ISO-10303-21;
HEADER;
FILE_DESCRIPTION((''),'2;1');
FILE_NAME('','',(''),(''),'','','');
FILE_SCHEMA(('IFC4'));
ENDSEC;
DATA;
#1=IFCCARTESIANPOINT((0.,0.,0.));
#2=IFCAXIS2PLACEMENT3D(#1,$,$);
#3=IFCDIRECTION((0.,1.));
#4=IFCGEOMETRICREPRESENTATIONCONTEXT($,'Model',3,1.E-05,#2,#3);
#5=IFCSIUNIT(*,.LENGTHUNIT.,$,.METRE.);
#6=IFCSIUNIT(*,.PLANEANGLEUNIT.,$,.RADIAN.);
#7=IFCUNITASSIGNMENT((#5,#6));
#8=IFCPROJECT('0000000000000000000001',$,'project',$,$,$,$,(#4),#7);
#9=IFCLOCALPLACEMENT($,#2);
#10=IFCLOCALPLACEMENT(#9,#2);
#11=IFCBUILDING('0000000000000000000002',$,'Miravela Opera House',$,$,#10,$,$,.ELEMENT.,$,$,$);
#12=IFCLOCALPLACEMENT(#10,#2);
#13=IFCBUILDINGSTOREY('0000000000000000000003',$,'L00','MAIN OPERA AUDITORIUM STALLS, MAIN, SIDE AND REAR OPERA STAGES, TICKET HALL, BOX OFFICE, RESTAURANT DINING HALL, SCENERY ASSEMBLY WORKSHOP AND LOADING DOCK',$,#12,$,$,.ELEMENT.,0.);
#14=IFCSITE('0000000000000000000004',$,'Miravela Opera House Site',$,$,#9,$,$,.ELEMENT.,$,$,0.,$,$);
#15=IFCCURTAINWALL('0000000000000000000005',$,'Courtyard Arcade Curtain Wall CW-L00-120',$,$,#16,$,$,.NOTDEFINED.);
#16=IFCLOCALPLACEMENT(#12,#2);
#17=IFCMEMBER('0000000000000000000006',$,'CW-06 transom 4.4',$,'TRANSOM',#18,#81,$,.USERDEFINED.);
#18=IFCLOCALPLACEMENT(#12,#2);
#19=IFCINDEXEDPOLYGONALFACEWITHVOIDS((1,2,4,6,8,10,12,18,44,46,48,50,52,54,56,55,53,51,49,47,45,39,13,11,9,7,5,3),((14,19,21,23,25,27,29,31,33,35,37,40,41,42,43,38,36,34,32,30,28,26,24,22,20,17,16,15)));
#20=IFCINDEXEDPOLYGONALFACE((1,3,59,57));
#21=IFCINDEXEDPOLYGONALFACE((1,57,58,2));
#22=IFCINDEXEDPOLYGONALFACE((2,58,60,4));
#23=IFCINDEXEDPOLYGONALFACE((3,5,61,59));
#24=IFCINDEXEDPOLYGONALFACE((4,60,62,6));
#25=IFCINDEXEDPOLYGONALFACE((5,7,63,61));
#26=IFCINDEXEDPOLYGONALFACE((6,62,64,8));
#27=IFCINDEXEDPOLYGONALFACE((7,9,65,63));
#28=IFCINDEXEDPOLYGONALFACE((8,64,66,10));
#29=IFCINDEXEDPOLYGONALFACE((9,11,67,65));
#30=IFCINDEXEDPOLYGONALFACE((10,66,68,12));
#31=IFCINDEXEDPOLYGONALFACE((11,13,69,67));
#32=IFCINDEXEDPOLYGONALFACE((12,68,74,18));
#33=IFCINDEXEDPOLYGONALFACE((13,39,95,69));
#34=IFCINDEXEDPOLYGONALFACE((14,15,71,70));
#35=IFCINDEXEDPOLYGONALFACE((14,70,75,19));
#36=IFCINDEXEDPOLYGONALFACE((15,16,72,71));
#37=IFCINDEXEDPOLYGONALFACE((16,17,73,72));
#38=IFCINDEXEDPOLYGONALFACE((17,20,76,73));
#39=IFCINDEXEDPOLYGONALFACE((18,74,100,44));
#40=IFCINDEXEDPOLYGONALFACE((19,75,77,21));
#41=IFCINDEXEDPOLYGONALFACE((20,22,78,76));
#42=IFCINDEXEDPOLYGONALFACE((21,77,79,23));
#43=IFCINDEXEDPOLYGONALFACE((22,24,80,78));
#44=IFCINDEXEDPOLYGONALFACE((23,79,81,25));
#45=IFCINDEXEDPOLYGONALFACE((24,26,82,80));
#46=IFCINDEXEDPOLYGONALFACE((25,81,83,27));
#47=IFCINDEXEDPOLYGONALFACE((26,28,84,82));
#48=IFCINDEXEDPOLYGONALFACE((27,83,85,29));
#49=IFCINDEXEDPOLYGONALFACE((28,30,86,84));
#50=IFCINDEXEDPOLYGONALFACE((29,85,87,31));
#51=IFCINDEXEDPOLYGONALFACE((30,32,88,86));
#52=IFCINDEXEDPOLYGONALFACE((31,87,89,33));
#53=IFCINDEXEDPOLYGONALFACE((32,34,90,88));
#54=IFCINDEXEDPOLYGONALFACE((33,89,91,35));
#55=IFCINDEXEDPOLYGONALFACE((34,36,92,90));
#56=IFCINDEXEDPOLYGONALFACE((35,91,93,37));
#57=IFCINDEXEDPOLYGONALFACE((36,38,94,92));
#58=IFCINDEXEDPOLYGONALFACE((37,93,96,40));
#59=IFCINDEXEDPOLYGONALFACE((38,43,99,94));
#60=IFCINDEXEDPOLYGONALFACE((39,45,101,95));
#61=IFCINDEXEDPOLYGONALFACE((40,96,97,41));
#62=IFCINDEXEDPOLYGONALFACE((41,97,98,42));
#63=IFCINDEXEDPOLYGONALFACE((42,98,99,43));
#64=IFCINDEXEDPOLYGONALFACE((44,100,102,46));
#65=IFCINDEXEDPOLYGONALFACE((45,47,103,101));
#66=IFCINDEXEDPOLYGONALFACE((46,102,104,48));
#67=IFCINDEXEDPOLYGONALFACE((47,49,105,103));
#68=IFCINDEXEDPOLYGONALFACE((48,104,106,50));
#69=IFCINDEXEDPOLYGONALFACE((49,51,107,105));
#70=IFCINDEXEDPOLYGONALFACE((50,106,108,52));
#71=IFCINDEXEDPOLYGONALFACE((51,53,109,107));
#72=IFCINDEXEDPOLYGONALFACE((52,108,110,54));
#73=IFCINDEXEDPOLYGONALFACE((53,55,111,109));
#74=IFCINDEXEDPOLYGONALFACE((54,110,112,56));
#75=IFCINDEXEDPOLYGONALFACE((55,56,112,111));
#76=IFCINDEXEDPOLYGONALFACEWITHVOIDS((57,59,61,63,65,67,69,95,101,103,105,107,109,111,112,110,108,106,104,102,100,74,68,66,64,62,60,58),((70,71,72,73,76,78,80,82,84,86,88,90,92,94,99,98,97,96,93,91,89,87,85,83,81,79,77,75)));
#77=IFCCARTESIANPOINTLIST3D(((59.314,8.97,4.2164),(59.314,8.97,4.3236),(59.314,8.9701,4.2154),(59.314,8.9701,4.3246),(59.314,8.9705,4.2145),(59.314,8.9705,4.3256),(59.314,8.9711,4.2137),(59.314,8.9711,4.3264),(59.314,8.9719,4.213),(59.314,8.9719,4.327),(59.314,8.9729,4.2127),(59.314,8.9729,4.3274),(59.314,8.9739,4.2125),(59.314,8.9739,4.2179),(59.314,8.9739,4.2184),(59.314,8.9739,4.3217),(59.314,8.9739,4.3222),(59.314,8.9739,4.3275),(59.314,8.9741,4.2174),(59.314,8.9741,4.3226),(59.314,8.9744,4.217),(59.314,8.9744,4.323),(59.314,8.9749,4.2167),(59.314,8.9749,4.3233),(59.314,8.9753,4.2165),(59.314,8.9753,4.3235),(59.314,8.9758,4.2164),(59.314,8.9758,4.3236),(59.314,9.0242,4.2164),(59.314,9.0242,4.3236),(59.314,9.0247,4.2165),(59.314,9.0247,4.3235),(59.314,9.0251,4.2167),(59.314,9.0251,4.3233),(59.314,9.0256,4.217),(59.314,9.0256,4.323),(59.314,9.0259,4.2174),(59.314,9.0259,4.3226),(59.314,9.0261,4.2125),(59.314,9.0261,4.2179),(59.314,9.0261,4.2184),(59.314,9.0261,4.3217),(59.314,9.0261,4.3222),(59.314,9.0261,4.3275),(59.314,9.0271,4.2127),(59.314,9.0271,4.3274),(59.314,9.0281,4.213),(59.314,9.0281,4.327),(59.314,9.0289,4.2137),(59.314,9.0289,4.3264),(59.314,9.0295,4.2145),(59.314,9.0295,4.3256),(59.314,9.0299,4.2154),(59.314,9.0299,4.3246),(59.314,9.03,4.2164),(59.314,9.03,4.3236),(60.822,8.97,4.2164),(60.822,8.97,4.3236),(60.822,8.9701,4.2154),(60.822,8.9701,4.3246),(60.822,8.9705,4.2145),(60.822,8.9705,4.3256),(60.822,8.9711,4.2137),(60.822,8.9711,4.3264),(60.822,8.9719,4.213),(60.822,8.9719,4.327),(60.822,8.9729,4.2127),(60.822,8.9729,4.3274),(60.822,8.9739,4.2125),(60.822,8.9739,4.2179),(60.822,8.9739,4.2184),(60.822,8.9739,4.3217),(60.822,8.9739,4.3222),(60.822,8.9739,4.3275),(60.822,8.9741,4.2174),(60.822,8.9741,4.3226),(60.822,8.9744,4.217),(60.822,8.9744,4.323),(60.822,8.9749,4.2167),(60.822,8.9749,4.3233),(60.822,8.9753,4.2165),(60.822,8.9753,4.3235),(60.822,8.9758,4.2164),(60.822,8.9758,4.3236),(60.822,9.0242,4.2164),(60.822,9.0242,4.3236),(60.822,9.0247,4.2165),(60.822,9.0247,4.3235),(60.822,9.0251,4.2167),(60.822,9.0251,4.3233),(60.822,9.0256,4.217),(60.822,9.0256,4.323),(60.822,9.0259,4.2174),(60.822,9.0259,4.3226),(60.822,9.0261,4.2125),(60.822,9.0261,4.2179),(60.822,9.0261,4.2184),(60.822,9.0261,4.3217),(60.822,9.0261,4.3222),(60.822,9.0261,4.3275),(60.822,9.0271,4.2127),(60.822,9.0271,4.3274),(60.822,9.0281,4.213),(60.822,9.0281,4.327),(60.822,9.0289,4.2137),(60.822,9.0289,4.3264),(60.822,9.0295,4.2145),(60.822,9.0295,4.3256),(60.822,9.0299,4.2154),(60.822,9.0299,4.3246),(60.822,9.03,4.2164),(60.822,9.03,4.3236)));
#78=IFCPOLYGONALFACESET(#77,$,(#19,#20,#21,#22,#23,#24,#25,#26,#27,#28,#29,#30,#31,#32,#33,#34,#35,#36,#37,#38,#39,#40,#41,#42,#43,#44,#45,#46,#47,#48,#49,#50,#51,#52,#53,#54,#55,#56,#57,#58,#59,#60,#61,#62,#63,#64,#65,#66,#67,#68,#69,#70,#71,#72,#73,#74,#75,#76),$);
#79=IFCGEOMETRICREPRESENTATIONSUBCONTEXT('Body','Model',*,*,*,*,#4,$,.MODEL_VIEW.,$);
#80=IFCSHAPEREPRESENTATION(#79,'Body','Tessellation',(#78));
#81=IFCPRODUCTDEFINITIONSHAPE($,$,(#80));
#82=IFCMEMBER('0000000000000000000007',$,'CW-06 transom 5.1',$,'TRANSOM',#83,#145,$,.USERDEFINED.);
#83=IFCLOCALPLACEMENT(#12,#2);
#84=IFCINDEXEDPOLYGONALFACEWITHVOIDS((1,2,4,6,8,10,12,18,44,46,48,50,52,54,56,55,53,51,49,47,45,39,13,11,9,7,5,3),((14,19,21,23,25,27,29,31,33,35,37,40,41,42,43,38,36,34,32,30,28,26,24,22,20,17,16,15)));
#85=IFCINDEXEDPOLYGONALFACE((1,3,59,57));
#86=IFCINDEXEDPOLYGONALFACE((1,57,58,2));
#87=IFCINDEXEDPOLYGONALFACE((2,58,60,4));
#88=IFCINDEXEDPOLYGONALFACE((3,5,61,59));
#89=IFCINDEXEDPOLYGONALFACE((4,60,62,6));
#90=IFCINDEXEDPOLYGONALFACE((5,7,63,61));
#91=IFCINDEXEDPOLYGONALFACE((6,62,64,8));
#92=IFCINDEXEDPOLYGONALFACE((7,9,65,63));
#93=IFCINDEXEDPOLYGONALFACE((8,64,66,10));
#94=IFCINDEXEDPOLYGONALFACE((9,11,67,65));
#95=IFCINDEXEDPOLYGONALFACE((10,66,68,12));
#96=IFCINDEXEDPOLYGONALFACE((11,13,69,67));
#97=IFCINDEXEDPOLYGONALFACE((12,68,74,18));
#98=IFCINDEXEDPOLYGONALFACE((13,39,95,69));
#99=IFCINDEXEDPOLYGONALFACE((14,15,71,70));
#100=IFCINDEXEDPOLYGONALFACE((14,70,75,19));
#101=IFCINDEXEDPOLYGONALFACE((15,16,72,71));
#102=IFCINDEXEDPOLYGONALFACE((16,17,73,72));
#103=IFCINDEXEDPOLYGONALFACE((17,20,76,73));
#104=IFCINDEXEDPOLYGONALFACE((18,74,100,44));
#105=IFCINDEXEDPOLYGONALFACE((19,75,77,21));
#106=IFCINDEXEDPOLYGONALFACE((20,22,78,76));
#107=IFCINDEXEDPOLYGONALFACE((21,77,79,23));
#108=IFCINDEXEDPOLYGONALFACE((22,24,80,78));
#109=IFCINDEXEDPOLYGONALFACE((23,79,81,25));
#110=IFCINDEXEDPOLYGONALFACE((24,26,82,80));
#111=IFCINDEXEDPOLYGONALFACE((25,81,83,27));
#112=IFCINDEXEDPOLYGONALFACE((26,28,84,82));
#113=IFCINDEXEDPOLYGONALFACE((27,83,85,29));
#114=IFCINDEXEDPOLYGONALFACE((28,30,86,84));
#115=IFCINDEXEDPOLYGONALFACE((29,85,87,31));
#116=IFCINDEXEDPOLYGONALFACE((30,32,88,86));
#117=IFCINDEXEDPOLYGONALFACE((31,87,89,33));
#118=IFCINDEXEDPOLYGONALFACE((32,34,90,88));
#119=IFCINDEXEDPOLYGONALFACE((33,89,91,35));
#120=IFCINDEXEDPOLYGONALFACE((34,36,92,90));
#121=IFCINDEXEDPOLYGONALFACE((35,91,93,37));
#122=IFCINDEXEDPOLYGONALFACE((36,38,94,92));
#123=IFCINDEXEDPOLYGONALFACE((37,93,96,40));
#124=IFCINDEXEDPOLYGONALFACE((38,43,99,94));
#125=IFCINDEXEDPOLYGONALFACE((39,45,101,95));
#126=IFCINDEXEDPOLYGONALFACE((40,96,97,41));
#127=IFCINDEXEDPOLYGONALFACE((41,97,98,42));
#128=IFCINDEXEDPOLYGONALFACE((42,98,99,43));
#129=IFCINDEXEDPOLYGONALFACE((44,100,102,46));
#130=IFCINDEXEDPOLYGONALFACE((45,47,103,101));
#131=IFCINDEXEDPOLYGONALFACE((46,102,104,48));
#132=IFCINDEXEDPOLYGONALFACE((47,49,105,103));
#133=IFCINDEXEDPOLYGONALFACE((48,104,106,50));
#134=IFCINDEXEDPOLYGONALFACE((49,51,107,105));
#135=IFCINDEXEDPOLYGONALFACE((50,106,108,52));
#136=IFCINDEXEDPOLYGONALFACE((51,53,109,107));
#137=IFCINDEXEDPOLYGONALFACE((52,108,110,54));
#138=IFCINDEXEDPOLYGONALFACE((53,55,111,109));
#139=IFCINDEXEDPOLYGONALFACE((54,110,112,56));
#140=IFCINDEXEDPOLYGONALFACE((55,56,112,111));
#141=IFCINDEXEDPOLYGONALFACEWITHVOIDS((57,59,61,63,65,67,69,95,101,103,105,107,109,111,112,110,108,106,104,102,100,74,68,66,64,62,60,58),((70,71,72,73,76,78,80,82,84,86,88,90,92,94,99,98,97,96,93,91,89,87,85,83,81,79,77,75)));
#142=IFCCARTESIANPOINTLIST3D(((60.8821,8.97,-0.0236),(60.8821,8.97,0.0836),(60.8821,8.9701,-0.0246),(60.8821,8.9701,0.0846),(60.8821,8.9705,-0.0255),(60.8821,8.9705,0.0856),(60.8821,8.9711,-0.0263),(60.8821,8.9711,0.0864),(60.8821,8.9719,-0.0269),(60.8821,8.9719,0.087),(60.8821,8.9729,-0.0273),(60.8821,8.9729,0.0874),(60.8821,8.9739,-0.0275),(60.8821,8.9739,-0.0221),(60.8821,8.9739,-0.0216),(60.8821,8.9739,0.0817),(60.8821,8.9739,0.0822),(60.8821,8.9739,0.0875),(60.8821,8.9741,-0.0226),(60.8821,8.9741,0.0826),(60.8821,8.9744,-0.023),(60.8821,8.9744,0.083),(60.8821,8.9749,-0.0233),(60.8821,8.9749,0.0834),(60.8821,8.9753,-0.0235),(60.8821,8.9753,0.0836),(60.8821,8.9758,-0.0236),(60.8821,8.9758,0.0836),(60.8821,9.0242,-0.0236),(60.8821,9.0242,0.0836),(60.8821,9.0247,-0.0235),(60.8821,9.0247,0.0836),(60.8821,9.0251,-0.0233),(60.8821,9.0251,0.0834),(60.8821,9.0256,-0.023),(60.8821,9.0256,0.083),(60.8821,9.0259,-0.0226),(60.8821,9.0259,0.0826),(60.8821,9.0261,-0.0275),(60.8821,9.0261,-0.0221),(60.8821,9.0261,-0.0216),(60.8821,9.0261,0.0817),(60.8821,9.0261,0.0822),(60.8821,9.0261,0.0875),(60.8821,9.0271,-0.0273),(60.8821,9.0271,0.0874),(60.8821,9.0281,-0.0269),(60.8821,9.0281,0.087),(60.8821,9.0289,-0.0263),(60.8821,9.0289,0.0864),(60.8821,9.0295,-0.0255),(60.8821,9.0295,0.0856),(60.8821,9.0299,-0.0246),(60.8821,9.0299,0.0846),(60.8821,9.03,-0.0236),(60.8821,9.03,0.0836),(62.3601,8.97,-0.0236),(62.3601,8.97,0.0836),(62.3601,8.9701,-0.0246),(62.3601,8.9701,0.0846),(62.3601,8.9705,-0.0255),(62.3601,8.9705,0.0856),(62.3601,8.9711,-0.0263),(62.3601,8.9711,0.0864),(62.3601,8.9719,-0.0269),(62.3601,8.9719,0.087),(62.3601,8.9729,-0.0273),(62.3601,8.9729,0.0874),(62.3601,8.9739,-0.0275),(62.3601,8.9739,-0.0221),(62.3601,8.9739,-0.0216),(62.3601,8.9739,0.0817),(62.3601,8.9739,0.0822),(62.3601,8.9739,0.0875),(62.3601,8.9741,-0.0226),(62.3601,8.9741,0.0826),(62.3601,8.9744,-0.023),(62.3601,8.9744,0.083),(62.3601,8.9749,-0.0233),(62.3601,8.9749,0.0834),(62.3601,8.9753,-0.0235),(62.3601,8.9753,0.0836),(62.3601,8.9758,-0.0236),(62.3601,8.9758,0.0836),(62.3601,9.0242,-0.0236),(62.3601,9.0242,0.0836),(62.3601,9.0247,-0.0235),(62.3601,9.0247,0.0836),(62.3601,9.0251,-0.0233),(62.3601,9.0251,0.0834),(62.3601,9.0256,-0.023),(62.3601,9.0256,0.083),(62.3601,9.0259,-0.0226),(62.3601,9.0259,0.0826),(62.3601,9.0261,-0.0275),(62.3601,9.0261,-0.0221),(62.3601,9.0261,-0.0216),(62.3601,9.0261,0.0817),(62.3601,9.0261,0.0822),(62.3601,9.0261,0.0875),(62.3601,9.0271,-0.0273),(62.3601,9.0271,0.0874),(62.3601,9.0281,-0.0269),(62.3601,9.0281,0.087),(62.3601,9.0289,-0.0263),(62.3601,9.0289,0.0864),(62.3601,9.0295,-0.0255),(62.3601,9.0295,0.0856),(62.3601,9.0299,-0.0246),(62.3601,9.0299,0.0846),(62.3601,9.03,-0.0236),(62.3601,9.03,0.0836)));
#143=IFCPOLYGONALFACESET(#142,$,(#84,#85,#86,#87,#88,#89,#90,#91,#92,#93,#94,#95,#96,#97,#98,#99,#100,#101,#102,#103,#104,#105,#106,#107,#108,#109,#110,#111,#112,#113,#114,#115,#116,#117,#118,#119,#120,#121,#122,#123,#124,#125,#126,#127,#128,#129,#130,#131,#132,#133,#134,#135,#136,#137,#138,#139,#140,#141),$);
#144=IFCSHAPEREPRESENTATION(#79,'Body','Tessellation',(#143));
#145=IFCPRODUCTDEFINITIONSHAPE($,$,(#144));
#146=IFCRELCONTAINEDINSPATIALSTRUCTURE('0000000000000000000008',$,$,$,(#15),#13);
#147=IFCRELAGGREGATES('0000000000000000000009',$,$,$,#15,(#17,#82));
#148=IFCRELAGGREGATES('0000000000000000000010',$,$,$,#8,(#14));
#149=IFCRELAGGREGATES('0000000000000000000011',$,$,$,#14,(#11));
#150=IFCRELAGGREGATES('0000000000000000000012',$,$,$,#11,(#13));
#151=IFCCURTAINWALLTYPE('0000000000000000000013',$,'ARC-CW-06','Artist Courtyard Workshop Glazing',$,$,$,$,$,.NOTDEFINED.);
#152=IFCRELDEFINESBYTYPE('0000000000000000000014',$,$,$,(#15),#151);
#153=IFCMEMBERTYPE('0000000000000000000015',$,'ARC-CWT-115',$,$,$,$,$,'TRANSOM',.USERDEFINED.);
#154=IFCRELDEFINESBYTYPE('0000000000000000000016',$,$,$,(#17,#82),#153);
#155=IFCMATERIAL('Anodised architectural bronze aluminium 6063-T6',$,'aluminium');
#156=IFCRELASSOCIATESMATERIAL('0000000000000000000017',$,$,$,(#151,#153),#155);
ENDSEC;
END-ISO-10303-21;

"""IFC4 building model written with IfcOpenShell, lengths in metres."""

from ifc_helpers import new_model, si_unit, direction, frame, origin, origin_2d, place, context, subcontext, project, spatial, hollow_rectangle, extrude, material, material_profile, profile_set, type_object, element, aggregate, save


model = new_model("IFC4")

# Units and contexts
model_context = context("Model", 3, precision=1e-05, world=origin(), true_north=direction((0.0, 1.0)))
body_context = subcontext(model_context, "Body", "Model", "MODEL_VIEW")
ifc_project = project(units=[si_unit("LENGTHUNIT", "METRE"), si_unit("PLANEANGLEUNIT", "RADIAN")], contexts=[model_context])

# Site, building, storey
site_placement = place(None, origin())
site = spatial("IfcSite", under=ifc_project, at=site_placement, Name="Miravela Opera House Site", CompositionType="ELEMENT", RefElevation=0.0)
building_placement = place(site_placement, origin())
building = spatial("IfcBuilding", under=site, at=building_placement, Name="Miravela Opera House", CompositionType="ELEMENT")
storey_placement = place(building_placement, origin())
storey = spatial("IfcBuildingStorey", under=building, at=storey_placement, Name="L00", Description="MAIN OPERA AUDITORIUM STALLS, MAIN, SIDE AND REAR OPERA STAGES, TICKET HALL, BOX OFFICE, RESTAURANT DINING HALL, SCENERY ASSEMBLY WORKSHOP AND LOADING DOCK", CompositionType="ELEMENT", Elevation=0.0)

# Curtain wall, members
ifc_material_1 = material(Name="Anodised architectural bronze aluminium 6063-T6", Category="aluminium")
curtain_wall_type = type_object("IfcCurtainWallType", Name="ARC-CW-06", Description="Artist Courtyard Workshop Glazing", PredefinedType="NOTDEFINED", material=ifc_material_1)
curtain_wall_placement = place(storey_placement, origin())
curtain_wall = element("IfcCurtainWall", 1, at=curtain_wall_placement, inside=storey, type_object=curtain_wall_type, Name="Courtyard Arcade Curtain Wall CW-L00-120", PredefinedType="NOTDEFINED")
ifc_material_profile_1 = material_profile(ifc_material_1, hollow_rectangle(XDim=0.0601, YDim=0.115, WallThickness=0.0039, InnerFilletRadius=0.002, OuterFilletRadius=0.0039, at=origin_2d()), Name="CWT-60X115")
ifc_profile_set_1 = profile_set([ifc_material_profile_1])
member_type_1 = type_object("IfcMemberType", Name="ARC-CWT-115", ElementType="TRANSOM", PredefinedType="USERDEFINED", material=ifc_profile_set_1)
member_1_placement = place(storey_placement, frame((59.314, 9.0, 4.27), z_axis=(1.0, 0.0, 0.0), x_axis=(0.0, 1.0, 0.0)))
member_1 = element("IfcMember", 2, at=member_1_placement, type_object=member_type_1, Name="CW-06 transom 4.4", ObjectType="TRANSOM", PredefinedType="USERDEFINED", context=body_context, shape_type="SweptSolid", body=[
    extrude(hollow_rectangle(XDim=0.0601, YDim=0.115, WallThickness=0.0039, InnerFilletRadius=0.002, OuterFilletRadius=0.0039, at=origin_2d()), origin(), (0.0, 0.0, 1.0), 1.5081),
])
member_2_placement = place(storey_placement, frame((60.8821, 9.0, 0.03), z_axis=(1.0, 0.0, 0.0), x_axis=(0.0, 1.0, 0.0)))
member_2 = element("IfcMember", 3, at=member_2_placement, type_object=member_type_1, Name="CW-06 transom 5.1", ObjectType="TRANSOM", PredefinedType="USERDEFINED", context=body_context, shape_type="SweptSolid", body=[
    extrude(hollow_rectangle(XDim=0.0601, YDim=0.115, WallThickness=0.0039, InnerFilletRadius=0.002, OuterFilletRadius=0.0039, at=origin_2d()), origin(), (0.0, 0.0, 1.0), 1.478),
])

aggregate(curtain_wall, [member_1, member_2])

save(model, "model.ifc")
